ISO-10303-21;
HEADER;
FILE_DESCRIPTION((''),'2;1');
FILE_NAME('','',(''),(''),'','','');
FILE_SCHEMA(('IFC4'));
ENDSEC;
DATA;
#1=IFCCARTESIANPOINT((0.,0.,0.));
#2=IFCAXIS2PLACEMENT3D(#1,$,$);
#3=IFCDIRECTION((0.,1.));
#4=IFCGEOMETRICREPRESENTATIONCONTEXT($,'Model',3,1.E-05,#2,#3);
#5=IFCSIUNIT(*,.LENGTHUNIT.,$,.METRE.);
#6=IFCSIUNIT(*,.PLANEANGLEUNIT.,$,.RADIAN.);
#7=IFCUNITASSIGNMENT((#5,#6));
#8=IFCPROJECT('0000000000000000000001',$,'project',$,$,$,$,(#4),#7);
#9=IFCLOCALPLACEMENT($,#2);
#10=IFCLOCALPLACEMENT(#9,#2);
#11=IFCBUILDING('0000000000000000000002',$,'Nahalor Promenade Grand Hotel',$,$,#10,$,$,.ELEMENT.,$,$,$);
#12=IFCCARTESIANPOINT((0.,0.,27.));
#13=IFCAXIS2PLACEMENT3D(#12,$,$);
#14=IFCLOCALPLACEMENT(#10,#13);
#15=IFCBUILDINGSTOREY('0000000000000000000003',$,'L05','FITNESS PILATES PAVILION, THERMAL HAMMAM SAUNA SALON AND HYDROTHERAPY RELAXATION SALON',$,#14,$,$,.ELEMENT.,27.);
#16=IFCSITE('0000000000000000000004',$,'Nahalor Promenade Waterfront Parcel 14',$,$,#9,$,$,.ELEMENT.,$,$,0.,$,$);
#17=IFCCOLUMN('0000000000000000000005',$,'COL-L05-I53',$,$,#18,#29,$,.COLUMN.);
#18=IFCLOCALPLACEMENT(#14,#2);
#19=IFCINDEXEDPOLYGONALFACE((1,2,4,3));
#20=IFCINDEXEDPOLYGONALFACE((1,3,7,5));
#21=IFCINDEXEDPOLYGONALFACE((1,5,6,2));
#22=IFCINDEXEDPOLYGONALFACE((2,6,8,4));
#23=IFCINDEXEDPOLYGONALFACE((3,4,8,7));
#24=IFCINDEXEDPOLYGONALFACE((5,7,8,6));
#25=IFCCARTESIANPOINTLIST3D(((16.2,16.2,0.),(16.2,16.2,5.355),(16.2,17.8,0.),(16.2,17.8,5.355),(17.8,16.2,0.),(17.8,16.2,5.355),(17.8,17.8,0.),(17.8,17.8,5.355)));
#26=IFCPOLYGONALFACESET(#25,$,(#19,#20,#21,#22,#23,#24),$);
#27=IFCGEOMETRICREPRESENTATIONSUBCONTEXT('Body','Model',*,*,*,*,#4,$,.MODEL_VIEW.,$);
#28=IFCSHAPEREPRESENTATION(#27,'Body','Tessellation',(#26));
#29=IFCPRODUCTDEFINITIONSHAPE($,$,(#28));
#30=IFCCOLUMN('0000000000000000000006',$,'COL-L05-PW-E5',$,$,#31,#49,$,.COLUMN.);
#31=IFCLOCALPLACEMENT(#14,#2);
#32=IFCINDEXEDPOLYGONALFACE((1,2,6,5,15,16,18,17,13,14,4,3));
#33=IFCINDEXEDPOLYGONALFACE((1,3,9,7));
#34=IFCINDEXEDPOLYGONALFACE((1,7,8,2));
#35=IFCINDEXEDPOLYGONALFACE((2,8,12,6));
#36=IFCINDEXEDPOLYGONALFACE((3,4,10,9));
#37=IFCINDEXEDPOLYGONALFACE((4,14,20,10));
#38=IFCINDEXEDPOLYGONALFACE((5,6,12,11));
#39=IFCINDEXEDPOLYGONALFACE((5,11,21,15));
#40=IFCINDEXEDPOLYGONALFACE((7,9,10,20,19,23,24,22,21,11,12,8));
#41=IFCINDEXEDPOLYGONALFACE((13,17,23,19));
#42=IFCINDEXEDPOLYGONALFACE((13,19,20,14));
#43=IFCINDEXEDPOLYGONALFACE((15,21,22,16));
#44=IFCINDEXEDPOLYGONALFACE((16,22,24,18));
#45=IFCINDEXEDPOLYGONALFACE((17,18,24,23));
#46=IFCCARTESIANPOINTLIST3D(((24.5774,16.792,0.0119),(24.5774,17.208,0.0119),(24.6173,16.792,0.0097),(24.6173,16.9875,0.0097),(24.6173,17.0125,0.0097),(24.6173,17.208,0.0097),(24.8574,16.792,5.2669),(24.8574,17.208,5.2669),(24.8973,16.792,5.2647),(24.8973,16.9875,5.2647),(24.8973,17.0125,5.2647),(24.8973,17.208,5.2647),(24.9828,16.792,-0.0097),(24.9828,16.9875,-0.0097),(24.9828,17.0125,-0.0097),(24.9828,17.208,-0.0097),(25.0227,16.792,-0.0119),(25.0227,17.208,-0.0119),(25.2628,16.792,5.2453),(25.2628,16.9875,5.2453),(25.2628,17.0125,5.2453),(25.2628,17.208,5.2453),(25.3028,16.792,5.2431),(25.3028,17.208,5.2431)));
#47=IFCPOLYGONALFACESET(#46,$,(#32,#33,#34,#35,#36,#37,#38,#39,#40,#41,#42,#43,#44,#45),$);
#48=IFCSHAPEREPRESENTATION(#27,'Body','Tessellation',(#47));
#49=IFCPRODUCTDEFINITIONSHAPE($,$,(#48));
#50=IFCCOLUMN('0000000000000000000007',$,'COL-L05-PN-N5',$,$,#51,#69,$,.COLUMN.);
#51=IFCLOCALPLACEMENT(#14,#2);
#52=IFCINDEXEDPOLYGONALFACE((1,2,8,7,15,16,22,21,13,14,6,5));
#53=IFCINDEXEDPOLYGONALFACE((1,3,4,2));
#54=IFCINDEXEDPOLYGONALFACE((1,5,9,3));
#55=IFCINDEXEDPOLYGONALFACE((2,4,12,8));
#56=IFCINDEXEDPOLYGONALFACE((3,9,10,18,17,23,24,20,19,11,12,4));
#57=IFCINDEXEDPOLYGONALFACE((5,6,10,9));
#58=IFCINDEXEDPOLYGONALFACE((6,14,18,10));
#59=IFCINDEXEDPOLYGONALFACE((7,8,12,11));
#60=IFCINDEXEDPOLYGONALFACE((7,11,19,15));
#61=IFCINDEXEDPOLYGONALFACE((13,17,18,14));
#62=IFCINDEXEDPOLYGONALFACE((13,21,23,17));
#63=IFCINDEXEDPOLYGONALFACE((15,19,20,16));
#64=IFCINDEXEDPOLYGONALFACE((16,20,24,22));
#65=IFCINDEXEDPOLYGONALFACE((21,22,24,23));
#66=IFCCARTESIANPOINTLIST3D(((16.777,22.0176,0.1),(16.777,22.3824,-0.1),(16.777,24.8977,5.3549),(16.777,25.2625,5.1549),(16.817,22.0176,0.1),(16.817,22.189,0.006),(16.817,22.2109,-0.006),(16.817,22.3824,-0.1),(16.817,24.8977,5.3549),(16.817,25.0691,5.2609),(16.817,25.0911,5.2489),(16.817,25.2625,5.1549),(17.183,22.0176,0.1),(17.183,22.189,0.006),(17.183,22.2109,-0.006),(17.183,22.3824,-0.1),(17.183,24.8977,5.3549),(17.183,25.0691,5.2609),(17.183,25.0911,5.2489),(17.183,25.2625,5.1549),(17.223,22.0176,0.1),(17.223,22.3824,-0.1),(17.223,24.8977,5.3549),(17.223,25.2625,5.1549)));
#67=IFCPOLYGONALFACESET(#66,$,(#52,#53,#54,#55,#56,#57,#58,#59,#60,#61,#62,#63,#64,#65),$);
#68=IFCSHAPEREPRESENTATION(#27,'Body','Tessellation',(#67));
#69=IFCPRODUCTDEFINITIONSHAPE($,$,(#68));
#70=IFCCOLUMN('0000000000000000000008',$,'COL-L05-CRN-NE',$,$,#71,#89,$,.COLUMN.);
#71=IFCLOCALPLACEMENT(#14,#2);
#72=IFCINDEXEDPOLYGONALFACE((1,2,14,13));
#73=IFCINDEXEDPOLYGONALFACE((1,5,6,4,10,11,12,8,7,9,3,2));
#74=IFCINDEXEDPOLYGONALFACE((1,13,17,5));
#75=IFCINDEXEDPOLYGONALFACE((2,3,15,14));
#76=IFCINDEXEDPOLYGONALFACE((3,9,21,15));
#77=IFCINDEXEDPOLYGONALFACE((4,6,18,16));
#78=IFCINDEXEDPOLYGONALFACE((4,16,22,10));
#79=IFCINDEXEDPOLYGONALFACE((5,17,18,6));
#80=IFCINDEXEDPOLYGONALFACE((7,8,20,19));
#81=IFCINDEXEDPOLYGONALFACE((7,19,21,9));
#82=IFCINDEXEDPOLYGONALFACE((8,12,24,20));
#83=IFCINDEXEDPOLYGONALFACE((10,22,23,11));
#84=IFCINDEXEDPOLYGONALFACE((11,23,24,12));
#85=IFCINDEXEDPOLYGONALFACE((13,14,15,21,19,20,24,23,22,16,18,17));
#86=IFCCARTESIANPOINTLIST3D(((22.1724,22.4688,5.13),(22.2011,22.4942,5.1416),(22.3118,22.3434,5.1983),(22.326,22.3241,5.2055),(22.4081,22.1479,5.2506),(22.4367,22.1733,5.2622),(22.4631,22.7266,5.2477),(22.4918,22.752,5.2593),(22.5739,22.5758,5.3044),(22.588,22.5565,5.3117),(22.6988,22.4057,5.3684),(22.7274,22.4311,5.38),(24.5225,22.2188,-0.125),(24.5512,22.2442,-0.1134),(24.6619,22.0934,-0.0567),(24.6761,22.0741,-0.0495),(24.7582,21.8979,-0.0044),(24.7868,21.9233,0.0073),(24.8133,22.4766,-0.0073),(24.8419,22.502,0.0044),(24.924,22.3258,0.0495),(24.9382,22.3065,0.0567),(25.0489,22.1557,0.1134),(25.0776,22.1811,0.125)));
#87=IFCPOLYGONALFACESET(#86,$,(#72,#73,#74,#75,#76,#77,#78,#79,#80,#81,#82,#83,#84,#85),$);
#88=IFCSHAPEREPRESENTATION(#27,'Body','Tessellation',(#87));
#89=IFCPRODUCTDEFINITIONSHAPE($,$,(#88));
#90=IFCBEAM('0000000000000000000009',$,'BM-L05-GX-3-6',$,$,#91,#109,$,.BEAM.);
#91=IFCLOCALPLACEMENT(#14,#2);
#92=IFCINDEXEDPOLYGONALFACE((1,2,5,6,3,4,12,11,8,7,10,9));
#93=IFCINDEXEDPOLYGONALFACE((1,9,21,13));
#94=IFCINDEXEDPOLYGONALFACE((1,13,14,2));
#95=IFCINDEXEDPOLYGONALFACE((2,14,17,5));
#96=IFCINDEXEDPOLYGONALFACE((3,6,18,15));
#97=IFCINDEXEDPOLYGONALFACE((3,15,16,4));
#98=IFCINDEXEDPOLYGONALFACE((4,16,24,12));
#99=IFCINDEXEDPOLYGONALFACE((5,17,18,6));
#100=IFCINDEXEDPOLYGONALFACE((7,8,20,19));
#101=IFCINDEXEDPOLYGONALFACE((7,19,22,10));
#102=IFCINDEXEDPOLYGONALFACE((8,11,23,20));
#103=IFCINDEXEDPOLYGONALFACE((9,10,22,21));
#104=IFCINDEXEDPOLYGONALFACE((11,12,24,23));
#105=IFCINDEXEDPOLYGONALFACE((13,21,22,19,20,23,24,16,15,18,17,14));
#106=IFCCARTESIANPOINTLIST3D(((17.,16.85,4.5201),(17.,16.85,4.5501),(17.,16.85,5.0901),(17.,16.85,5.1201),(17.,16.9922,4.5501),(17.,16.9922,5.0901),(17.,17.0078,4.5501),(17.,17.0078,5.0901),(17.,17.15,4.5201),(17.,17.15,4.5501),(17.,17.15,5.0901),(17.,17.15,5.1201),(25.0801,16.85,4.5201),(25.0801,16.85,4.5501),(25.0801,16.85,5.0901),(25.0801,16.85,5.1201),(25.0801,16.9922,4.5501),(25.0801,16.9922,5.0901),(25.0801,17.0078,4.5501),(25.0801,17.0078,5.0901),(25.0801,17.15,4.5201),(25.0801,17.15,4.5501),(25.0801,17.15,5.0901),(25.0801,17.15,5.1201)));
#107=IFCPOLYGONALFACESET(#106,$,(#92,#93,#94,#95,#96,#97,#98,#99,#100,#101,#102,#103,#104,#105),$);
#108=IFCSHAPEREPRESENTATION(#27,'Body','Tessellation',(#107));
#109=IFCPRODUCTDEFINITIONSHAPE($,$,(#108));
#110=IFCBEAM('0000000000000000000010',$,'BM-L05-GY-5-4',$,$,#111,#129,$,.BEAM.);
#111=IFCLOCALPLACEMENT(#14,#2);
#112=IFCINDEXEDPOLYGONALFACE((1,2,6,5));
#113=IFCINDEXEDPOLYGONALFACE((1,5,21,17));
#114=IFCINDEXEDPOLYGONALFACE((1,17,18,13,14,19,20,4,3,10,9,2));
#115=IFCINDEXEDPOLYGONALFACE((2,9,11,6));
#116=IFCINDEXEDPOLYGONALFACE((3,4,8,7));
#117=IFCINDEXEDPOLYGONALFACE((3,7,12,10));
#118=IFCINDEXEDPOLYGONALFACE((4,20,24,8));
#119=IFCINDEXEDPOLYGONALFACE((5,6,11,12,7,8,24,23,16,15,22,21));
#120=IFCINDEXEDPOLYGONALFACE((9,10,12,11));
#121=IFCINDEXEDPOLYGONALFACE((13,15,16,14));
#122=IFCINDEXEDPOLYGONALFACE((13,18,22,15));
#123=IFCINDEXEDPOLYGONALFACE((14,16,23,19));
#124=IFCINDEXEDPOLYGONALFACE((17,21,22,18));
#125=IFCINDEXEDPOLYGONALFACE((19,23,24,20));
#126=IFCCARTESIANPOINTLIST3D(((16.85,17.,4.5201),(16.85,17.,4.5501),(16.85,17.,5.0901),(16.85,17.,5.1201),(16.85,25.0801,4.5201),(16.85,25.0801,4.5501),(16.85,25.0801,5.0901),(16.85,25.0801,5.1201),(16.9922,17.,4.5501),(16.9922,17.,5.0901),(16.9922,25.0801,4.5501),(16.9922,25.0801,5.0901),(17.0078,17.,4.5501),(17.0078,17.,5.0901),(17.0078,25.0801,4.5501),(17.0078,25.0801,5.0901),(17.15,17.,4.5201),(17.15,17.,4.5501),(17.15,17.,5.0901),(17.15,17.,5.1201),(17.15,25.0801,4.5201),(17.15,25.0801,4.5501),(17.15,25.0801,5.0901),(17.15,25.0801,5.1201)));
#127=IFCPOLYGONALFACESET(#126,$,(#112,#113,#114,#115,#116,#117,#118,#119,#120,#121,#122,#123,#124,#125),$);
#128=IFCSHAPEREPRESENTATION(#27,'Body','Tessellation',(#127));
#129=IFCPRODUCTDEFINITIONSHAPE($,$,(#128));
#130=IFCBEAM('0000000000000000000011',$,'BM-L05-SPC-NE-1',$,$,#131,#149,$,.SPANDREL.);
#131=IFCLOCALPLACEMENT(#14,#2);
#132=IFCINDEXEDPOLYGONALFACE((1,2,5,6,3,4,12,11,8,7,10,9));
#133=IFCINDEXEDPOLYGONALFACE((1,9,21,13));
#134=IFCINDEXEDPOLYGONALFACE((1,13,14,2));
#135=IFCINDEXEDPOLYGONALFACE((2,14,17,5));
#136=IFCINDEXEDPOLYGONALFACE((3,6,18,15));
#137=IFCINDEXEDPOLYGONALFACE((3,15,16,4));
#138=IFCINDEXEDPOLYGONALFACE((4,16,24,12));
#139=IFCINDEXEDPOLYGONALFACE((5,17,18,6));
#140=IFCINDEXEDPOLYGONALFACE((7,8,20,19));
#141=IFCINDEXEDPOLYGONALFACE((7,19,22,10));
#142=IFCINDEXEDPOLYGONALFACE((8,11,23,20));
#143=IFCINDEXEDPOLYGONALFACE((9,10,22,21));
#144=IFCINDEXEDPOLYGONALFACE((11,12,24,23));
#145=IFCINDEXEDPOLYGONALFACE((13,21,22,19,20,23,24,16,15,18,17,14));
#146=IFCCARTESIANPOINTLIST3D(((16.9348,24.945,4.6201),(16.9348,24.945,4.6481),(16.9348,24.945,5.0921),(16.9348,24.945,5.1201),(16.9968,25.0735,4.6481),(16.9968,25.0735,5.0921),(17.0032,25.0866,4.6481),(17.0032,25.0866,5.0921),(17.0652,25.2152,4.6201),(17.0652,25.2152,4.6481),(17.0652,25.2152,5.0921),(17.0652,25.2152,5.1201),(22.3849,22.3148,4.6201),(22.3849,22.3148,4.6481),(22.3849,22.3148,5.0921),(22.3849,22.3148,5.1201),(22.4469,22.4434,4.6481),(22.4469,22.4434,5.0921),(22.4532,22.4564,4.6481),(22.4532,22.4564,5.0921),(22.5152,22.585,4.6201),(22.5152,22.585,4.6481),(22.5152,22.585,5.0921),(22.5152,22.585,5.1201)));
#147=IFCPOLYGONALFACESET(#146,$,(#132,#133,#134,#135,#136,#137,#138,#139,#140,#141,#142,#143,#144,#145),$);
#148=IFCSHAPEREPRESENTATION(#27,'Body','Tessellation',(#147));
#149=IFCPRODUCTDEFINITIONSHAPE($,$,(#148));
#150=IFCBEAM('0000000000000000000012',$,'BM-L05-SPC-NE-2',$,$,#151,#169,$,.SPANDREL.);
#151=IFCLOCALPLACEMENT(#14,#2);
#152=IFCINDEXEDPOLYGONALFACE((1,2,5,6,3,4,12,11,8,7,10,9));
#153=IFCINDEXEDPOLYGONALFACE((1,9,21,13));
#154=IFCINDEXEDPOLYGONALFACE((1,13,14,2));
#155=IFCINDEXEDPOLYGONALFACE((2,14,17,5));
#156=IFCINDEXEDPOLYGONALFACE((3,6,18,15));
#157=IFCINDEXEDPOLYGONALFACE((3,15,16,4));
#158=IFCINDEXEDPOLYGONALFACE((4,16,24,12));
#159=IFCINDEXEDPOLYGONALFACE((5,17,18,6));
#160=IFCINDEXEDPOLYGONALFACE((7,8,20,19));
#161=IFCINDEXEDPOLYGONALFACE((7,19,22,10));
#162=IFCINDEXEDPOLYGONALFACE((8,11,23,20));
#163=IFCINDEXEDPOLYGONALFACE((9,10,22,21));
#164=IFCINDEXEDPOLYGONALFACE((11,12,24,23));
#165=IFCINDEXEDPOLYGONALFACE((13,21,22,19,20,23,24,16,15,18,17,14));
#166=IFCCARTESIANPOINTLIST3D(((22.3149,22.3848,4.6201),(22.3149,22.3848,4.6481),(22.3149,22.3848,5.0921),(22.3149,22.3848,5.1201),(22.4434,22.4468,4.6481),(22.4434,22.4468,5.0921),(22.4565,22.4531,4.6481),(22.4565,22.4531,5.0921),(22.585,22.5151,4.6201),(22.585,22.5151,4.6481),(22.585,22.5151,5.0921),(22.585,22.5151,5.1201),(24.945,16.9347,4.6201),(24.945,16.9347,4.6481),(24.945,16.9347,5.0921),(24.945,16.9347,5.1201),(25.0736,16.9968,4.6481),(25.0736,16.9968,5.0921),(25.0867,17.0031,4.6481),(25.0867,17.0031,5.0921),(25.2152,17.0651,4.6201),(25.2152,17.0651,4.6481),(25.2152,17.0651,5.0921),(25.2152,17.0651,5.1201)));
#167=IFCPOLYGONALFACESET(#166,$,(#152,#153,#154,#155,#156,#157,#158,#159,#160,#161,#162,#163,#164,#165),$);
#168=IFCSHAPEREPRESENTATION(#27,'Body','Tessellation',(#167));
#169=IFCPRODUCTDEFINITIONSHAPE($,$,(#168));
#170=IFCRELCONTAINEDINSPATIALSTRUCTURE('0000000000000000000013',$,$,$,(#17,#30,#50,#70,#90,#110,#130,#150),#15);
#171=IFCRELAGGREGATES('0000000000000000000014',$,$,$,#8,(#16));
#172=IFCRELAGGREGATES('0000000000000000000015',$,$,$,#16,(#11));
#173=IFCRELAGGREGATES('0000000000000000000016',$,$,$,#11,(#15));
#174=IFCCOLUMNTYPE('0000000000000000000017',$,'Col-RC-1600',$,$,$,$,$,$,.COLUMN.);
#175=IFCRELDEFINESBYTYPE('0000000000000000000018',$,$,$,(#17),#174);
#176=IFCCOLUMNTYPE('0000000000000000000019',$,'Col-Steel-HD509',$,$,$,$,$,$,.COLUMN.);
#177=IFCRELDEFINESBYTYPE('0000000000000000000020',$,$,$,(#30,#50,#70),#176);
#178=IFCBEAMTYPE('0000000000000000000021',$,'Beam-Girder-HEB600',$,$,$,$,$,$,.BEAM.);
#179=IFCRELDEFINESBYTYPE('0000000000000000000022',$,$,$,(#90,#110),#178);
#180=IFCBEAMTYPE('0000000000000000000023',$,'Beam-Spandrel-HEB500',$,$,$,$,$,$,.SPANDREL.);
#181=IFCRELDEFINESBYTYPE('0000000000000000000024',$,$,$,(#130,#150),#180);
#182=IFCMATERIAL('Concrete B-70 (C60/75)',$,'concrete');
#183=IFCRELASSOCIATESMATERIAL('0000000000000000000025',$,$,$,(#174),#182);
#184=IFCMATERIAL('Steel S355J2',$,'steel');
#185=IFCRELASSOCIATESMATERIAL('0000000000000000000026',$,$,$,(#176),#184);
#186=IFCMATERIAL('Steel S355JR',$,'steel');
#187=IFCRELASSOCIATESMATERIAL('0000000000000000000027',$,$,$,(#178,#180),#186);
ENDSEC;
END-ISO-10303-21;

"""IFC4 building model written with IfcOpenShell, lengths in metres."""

from ifc_helpers import new_model, si_unit, direction, frame, origin, origin_2d, place, context, subcontext, project, spatial, rectangle, i_section, extrude, source, transform, mapped, material, material_profile, profile_set, type_object, element, save


model = new_model("IFC4")

# Units and contexts
model_context = context("Model", 3, precision=1e-05, world=origin(), true_north=direction((0.0, 1.0)))
body_context = subcontext(model_context, "Body", "Model", "MODEL_VIEW")
ifc_project = project(units=[si_unit("LENGTHUNIT", "METRE"), si_unit("PLANEANGLEUNIT", "RADIAN")], contexts=[model_context])

# Site, building, storey
site_placement = place(None, origin())
site = spatial("IfcSite", under=ifc_project, at=site_placement, Name="Nahalor Promenade Waterfront Parcel 14", CompositionType="ELEMENT", RefElevation=0.0)
building_placement = place(site_placement, origin())
building = spatial("IfcBuilding", under=site, at=building_placement, Name="Nahalor Promenade Grand Hotel", CompositionType="ELEMENT")
storey_placement = place(building_placement, frame((0.0, 0.0, 27.0)))
storey = spatial("IfcBuildingStorey", under=building, at=storey_placement, Name="L05", Description="FITNESS PILATES PAVILION, THERMAL HAMMAM SAUNA SALON AND HYDROTHERAPY RELAXATION SALON", CompositionType="ELEMENT", Elevation=27.0)

# Columns
ifc_material_1 = material(Name="Concrete B-70 (C60/75)", Category="concrete")
ifc_material_profile_1 = material_profile(ifc_material_1, rectangle(XDim=1.6, YDim=1.6, at=origin_2d()), Name="RC 1600x1600")
ifc_profile_set_1 = profile_set([ifc_material_profile_1], Name="Concrete B-70 (C60/75)")
column_type_1 = type_object("IfcColumnType", Name="Col-RC-1600", PredefinedType="COLUMN", material=ifc_profile_set_1)
shared_shape_1 = source(origin(), body_context, "Body", "SweptSolid", [
    extrude(rectangle(XDim=1.6, YDim=1.6, at=origin_2d()), origin(), (0.0, 0.0, 1.0), 5.355),
])
column_1_placement = place(storey_placement, frame((17.0, 17.0, 0.0), z_axis=(0.0, 0.0, 1.0), x_axis=(1.0, 0.0, 0.0)))
element("IfcColumn", 1, at=column_1_placement, inside=storey, type_object=column_type_1, Name="COL-L05-I53", PredefinedType="COLUMN", context=body_context, shape_type="MappedRepresentation", body=[
    mapped(shared_shape_1, transform((0.0, 0.0, 0.0), scale=1.0)),
])
ifc_material_2 = material(Name="Steel S355J2", Category="steel")
ifc_material_profile_2 = material_profile(ifc_material_2, i_section(OverallWidth=0.416, OverallDepth=0.446, WebThickness=0.025, FlangeThickness=0.04, at=origin_2d()), Name="HD 400x509")
ifc_profile_set_2 = profile_set([ifc_material_profile_2], Name="Steel S355J2")
column_type_2 = type_object("IfcColumnType", Name="Col-Steel-HD509", PredefinedType="COLUMN", material=ifc_profile_set_2)
shared_shape_2 = source(origin(), body_context, "Body", "SweptSolid", [
    extrude(i_section(OverallWidth=0.416, OverallDepth=0.446, WebThickness=0.025, FlangeThickness=0.04, at=origin_2d()), origin(), (0.0, 0.0, 1.0), 5.2625),
])
column_2_placement = place(storey_placement, frame((24.8, 17.0, 0.0), z_axis=(0.053214, 0.0, 0.998583), x_axis=(0.0, 1.0, 0.0)))
element("IfcColumn", 2, at=column_2_placement, inside=storey, type_object=column_type_2, Name="COL-L05-PW-E5", PredefinedType="COLUMN", context=body_context, shape_type="MappedRepresentation", body=[
    mapped(shared_shape_2, transform((0.0, 0.0, 0.0), scale=1.0)),
])
shared_shape_3 = source(origin(), body_context, "Body", "SweptSolid", [
    extrude(i_section(OverallWidth=0.416, OverallDepth=0.446, WebThickness=0.025, FlangeThickness=0.04, at=origin_2d()), origin(), (0.0, 0.0, 1.0), 5.9924),
])
column_3_placement = place(storey_placement, frame((17.0, 22.2, 0.0), z_axis=(0.0, 0.48063, 0.876924), x_axis=(0.0, -0.876924, 0.48063)))
element("IfcColumn", 3, at=column_3_placement, inside=storey, type_object=column_type_2, Name="COL-L05-PN-N5", PredefinedType="COLUMN", context=body_context, shape_type="MappedRepresentation", body=[
    mapped(shared_shape_3, transform((0.0, 0.0, 0.0), scale=1.0)),
])
shared_shape_4 = source(origin(), body_context, "Body", "SweptSolid", [
    extrude(i_section(OverallWidth=0.416, OverallDepth=0.446, WebThickness=0.025, FlangeThickness=0.04, at=origin_2d()), origin(), (0.0, 0.0, 1.0), 5.762),
])
column_4_placement = place(storey_placement, frame((24.8, 22.2, 0.0), z_axis=(-0.40787, 0.043389, 0.912008), x_axis=(0.56647, -0.771357, 0.290035)))
element("IfcColumn", 4, at=column_4_placement, inside=storey, type_object=column_type_2, Name="COL-L05-CRN-NE", PredefinedType="COLUMN", context=body_context, shape_type="MappedRepresentation", body=[
    mapped(shared_shape_4, transform((0.0, 0.0, 0.0), scale=1.0)),
])

# Beams
ifc_material_3 = material(Name="Steel S355JR", Category="steel")
ifc_material_profile_3 = material_profile(ifc_material_3, i_section(OverallWidth=0.3, OverallDepth=0.6, WebThickness=0.0155, FlangeThickness=0.03, at=origin_2d()), Name="HEB 600")
ifc_profile_set_3 = profile_set([ifc_material_profile_3], Name="Steel S355JR")
beam_type_1 = type_object("IfcBeamType", Name="Beam-Girder-HEB600", PredefinedType="BEAM", material=ifc_profile_set_3)
shared_shape_5 = source(origin(), body_context, "Body", "SweptSolid", [
    extrude(i_section(OverallWidth=0.3, OverallDepth=0.6, WebThickness=0.0155, FlangeThickness=0.03, at=origin_2d()), origin(), (0.0, 0.0, 1.0), 8.0801),
])
for number, where, z_axis, x_axis, name in (
    (5, (17.0, 17.0, 4.8201), (1.0, 0.0, 0.0), (0.0, 1.0, 0.0), "BM-L05-GX-3-6"),
    (6, (17.0, 17.0, 4.8201), (0.0, 1.0, 0.0), (-1.0, 0.0, 0.0), "BM-L05-GY-5-4"),
):
    element("IfcBeam", number, at=place(storey_placement, frame(where, z_axis=z_axis, x_axis=x_axis)), inside=storey, type_object=beam_type_1, Name=name, PredefinedType="BEAM", context=body_context, shape_type="MappedRepresentation", body=[
        mapped(shared_shape_5, transform((0.0, 0.0, 0.0), scale=1.0)),
    ])
ifc_material_profile_4 = material_profile(ifc_material_3, i_section(OverallWidth=0.3, OverallDepth=0.5, WebThickness=0.0145, FlangeThickness=0.028, at=origin_2d()), Name="HEB 500")
ifc_profile_set_4 = profile_set([ifc_material_profile_4], Name="Steel S355JR")
beam_type_2 = type_object("IfcBeamType", Name="Beam-Spandrel-HEB500", PredefinedType="SPANDREL", material=ifc_profile_set_4)
shared_shape_6 = source(origin(), body_context, "Body", "SweptSolid", [
    extrude(i_section(OverallWidth=0.3, OverallDepth=0.5, WebThickness=0.0145, FlangeThickness=0.028, at=origin_2d()), origin(), (0.0, 0.0, 1.0), 6.0515),
])
for number, where, z_axis, x_axis, name in (
    (7, (17.0, 25.0801, 4.8701), (0.900609, -0.434631, 0.0), (0.434631, 0.900609, 0.0), "BM-L05-SPC-NE-1"),
    (8, (22.45, 22.45, 4.8701), (0.434631, -0.900609, 0.0), (0.900609, 0.434631, 0.0), "BM-L05-SPC-NE-2"),
):
    element("IfcBeam", number, at=place(storey_placement, frame(where, z_axis=z_axis, x_axis=x_axis)), inside=storey, type_object=beam_type_2, Name=name, PredefinedType="SPANDREL", context=body_context, shape_type="MappedRepresentation", body=[
        mapped(shared_shape_6, transform((0.0, 0.0, 0.0), scale=1.0)),
    ])

save(model, "model.ifc")
